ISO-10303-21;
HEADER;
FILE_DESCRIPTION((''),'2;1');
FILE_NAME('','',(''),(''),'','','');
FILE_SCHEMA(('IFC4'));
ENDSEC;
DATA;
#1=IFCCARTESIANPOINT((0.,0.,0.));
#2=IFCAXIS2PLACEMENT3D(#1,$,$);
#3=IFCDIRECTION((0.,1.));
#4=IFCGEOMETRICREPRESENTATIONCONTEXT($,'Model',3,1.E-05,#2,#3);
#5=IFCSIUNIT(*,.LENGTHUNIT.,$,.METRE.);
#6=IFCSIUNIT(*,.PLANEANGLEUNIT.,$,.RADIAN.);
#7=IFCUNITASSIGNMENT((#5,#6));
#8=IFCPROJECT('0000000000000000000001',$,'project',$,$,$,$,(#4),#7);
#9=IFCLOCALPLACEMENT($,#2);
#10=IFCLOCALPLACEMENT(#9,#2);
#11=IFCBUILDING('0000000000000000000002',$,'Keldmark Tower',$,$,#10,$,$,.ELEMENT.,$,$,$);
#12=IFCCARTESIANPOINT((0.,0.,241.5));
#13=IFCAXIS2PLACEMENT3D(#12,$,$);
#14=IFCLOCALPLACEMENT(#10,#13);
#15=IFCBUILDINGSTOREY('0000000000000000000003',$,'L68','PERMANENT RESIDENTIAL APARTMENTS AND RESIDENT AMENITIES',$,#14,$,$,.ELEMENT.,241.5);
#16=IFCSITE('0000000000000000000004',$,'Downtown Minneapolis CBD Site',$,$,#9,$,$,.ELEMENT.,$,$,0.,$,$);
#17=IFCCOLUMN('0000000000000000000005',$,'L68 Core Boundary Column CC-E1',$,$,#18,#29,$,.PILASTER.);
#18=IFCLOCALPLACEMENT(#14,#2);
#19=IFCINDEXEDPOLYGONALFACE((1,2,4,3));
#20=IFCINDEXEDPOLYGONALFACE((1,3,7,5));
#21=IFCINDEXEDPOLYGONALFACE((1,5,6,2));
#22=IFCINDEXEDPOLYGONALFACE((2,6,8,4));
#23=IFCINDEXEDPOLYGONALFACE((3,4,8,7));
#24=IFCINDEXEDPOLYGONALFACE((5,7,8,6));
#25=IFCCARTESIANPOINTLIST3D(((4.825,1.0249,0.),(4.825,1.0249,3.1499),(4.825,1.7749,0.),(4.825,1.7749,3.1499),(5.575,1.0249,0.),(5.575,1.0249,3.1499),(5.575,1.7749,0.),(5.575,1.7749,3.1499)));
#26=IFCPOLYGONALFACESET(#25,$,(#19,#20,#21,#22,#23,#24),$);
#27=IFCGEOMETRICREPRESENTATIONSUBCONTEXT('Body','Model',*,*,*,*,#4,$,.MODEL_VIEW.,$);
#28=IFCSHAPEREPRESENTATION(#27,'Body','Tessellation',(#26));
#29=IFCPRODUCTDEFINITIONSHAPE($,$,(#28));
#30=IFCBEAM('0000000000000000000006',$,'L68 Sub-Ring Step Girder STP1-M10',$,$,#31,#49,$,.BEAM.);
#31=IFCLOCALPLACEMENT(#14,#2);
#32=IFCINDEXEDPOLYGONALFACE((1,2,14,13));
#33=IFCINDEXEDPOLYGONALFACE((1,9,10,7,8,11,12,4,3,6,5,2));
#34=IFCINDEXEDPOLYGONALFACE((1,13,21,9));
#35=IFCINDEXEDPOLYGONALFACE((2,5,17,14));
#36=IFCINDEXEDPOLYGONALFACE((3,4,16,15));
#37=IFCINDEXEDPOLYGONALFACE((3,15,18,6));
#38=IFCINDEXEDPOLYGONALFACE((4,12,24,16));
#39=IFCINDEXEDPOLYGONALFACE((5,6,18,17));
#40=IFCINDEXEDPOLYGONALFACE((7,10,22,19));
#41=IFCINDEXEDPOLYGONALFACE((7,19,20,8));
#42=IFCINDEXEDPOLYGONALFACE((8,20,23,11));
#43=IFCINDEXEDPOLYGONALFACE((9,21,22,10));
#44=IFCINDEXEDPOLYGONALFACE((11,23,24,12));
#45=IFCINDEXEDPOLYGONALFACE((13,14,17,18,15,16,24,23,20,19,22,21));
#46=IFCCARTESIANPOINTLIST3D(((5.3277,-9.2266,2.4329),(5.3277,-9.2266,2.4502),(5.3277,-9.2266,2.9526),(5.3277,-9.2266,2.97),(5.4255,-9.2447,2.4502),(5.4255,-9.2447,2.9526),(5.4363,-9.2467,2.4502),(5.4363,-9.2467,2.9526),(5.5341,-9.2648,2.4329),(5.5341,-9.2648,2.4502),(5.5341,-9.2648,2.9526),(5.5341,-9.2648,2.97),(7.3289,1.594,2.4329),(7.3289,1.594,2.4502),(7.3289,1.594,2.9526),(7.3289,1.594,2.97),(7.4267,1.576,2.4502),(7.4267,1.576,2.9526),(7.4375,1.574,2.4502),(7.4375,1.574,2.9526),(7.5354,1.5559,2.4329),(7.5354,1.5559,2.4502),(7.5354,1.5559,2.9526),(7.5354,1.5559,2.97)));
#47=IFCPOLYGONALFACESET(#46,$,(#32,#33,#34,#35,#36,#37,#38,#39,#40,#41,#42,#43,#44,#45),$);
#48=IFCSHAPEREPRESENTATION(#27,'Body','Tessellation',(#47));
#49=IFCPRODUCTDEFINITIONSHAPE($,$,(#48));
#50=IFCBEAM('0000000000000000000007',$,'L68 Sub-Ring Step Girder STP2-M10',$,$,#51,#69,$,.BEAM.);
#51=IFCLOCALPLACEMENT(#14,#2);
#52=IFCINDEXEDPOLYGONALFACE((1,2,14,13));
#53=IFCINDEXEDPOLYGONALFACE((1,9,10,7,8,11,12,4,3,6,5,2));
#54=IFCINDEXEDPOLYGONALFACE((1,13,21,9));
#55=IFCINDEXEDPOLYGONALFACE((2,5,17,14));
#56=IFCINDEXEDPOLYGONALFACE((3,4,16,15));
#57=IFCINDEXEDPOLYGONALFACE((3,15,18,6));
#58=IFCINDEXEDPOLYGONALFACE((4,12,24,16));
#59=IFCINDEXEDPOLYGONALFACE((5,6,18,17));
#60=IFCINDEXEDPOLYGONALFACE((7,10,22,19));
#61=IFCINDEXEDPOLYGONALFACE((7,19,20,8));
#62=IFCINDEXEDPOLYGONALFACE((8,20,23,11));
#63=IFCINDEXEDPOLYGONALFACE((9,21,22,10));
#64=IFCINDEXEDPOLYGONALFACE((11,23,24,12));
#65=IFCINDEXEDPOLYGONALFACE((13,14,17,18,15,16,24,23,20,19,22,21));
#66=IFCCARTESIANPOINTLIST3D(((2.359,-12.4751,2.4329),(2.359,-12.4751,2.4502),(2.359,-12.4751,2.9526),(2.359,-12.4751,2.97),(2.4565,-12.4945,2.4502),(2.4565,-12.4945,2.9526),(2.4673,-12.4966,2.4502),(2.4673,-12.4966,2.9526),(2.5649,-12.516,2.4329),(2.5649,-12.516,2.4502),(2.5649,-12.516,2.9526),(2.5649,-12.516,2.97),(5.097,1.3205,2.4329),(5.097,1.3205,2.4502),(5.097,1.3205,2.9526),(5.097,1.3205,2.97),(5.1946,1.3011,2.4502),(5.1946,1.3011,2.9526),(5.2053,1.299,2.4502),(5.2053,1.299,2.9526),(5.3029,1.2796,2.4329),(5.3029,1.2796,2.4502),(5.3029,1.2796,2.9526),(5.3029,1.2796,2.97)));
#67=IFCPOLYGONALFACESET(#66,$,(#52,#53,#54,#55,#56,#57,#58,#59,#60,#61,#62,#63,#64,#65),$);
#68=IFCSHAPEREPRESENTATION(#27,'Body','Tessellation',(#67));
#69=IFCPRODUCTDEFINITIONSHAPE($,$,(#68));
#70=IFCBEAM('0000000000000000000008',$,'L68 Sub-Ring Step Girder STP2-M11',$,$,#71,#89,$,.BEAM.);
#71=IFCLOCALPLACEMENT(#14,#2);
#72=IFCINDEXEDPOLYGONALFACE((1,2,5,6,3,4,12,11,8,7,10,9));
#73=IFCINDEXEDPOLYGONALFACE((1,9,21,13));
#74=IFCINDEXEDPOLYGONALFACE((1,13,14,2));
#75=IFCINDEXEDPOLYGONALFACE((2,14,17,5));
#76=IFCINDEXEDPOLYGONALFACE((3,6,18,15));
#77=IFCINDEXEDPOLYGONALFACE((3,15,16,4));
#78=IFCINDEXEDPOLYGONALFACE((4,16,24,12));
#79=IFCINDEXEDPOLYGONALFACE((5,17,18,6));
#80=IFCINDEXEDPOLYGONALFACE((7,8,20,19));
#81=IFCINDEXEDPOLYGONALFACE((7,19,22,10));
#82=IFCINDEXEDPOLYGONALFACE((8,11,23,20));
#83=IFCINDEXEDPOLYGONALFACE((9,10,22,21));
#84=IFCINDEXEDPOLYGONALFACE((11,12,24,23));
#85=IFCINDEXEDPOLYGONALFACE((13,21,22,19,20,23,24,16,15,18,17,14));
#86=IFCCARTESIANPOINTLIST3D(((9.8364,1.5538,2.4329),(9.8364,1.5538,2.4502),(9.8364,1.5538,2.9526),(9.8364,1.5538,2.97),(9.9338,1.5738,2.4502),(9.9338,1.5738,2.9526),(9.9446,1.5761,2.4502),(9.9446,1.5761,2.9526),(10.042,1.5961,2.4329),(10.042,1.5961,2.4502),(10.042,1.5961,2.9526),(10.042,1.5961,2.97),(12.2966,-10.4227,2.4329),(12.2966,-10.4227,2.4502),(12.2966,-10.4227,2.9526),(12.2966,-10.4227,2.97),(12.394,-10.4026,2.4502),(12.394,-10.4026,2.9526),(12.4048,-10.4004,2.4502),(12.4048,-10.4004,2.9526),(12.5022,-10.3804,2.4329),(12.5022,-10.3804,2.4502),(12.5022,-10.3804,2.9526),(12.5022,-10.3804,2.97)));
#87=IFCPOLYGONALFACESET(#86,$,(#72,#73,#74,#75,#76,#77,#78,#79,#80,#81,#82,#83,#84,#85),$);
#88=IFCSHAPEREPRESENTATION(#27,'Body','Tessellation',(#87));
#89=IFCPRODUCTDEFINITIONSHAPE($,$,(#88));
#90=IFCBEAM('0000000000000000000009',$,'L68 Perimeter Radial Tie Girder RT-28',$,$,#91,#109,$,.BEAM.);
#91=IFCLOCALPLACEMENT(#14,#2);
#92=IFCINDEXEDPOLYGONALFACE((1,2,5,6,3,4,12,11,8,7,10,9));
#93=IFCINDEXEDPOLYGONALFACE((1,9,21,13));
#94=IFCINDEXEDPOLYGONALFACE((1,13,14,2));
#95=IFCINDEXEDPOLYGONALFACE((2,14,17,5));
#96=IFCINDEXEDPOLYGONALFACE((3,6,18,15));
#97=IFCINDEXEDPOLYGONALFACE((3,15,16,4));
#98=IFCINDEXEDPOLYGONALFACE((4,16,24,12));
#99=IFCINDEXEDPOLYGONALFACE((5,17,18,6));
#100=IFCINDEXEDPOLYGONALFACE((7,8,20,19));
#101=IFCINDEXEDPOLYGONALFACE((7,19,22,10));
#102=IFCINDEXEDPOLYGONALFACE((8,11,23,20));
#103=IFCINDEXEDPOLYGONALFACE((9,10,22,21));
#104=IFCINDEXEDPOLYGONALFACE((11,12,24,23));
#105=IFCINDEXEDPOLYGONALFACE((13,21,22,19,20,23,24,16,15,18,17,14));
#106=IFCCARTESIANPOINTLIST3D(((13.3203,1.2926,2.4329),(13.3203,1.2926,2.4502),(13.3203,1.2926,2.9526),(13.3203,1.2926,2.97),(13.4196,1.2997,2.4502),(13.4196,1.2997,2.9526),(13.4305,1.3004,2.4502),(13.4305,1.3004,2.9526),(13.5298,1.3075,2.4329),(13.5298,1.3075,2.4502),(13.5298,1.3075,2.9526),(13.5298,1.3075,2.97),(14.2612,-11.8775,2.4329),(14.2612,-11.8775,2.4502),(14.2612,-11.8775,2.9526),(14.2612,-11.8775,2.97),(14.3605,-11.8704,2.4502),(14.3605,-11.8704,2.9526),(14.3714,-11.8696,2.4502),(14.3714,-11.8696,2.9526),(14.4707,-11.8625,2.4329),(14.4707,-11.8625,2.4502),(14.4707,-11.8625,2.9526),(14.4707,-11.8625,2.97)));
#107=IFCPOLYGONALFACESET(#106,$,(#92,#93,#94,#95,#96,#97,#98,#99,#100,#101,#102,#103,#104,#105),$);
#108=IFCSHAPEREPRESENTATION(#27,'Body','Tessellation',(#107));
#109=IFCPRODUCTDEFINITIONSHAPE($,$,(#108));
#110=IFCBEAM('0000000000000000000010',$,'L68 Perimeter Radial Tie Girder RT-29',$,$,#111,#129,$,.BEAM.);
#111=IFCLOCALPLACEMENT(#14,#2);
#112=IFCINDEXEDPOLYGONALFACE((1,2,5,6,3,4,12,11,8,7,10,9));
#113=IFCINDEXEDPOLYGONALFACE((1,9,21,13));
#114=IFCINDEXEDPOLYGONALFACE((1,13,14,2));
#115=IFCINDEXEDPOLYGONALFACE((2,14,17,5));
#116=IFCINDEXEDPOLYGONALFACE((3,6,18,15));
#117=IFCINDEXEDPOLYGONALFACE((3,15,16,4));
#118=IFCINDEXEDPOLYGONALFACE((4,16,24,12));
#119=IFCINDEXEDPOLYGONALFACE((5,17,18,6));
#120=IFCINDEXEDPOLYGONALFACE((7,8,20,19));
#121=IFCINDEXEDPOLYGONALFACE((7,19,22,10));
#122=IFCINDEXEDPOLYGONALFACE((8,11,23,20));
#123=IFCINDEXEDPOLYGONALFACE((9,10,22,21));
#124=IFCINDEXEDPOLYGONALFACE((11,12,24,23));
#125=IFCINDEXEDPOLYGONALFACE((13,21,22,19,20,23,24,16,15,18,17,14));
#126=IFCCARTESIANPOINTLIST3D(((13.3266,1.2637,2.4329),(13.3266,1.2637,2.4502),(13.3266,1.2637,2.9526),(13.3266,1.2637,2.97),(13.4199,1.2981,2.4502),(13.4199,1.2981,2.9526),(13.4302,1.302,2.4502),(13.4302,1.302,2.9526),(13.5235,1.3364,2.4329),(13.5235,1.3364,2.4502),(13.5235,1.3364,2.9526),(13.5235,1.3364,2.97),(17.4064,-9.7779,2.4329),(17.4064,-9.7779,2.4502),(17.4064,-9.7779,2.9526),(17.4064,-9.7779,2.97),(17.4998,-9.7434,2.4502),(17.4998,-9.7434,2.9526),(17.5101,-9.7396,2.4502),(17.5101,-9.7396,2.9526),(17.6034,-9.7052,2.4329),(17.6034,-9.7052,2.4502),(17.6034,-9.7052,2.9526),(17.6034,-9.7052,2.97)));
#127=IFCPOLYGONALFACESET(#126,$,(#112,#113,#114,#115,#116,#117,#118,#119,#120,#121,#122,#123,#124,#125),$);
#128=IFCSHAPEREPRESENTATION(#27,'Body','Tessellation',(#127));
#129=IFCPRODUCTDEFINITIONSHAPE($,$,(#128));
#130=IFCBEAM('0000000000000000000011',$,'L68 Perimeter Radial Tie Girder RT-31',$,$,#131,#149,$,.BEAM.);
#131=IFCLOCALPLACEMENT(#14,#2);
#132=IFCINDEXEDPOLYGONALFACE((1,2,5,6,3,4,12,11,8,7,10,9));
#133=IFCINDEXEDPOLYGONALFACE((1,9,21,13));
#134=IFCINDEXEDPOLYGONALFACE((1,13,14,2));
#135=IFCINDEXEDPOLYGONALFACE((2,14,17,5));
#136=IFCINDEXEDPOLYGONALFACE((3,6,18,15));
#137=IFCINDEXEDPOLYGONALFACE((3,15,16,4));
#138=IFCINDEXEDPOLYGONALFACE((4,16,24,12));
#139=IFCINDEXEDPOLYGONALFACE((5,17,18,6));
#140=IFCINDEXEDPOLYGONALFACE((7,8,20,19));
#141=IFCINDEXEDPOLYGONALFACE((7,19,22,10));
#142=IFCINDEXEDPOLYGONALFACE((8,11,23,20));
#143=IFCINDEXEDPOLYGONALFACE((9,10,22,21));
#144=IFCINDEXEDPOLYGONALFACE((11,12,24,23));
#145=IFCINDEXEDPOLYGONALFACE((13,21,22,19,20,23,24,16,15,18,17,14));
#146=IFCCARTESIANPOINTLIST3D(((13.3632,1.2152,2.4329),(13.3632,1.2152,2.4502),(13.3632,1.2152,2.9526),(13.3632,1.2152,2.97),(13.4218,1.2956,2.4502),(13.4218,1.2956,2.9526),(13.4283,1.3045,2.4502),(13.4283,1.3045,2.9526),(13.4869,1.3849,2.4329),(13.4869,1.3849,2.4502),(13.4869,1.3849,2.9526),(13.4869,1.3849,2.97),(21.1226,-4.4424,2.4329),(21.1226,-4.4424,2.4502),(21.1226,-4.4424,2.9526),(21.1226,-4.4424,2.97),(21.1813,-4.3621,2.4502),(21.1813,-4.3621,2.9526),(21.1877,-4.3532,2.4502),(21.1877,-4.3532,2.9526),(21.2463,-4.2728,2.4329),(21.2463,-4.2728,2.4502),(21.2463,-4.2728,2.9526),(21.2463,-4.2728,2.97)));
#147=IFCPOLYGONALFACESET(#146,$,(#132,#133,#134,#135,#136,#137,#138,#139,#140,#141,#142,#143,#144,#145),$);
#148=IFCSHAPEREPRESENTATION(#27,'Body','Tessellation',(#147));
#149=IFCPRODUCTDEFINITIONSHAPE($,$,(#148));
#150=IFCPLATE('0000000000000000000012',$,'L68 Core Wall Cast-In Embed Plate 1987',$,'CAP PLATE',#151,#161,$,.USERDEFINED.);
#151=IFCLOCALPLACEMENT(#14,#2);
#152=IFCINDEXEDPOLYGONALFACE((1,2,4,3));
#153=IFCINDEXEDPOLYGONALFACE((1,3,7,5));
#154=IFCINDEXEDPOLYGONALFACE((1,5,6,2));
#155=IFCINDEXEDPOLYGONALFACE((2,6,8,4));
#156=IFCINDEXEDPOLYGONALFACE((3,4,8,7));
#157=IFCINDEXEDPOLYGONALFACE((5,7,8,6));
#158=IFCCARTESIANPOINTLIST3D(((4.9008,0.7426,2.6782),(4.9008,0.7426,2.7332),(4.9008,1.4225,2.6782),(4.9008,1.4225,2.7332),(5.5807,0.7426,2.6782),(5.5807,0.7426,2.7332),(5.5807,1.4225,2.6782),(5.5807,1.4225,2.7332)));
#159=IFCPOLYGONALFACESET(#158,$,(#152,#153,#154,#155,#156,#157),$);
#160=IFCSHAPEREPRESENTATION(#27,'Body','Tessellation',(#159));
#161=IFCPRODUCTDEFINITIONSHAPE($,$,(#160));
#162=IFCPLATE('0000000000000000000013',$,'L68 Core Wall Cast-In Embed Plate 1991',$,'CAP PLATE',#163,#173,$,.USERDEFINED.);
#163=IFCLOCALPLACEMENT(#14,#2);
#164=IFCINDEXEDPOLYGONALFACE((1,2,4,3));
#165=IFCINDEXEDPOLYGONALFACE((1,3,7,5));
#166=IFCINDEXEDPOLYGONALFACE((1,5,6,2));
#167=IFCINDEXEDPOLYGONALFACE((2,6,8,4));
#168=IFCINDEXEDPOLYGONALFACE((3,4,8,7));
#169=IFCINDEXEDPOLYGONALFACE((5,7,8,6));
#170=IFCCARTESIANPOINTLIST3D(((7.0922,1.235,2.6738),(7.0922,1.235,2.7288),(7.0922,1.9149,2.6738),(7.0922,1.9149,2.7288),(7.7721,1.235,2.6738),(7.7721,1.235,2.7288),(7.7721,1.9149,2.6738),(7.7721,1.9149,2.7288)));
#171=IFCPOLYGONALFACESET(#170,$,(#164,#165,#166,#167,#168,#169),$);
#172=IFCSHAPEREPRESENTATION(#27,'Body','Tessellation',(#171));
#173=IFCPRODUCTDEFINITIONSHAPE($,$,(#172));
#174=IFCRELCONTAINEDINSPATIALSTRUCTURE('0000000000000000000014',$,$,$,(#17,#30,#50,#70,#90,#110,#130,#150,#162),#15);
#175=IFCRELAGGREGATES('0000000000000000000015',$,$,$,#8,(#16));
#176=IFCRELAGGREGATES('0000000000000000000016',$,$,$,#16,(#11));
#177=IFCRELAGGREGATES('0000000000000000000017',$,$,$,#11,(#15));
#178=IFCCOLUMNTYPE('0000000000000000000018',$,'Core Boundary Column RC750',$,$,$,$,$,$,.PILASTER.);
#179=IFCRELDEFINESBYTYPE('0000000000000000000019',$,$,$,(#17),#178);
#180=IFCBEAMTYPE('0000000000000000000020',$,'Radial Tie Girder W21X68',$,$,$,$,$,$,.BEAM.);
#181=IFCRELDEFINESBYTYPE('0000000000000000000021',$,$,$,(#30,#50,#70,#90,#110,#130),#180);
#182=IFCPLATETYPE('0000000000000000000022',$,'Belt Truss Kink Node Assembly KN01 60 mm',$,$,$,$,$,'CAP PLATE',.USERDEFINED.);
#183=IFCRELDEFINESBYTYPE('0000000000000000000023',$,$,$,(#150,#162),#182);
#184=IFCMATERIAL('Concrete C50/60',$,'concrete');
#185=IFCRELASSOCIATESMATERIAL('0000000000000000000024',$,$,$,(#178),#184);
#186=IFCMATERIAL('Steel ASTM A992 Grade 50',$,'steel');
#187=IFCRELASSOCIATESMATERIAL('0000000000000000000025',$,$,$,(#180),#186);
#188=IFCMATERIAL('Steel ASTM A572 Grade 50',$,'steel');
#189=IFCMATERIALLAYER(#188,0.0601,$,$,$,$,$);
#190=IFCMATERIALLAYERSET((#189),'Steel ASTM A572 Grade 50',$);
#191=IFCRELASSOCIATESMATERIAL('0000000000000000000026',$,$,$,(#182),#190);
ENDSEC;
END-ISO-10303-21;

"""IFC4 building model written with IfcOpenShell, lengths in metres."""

from ifc_helpers import new_model, si_unit, direction, frame, origin, origin_2d, place, context, subcontext, project, spatial, rectangle, i_section, extrude, material, layer, layer_set, material_profile, profile_set, type_object, element, save


model = new_model("IFC4")

# Units and contexts
model_context = context("Model", 3, precision=1e-05, world=origin(), true_north=direction((0.0, 1.0)))
body_context = subcontext(model_context, "Body", "Model", "MODEL_VIEW")
ifc_project = project(units=[si_unit("LENGTHUNIT", "METRE"), si_unit("PLANEANGLEUNIT", "RADIAN")], contexts=[model_context])

# Site, building, storey
site_placement = place(None, origin())
site = spatial("IfcSite", under=ifc_project, at=site_placement, Name="Downtown Minneapolis CBD Site", CompositionType="ELEMENT", RefElevation=0.0)
building_placement = place(site_placement, origin())
building = spatial("IfcBuilding", under=site, at=building_placement, Name="Keldmark Tower", CompositionType="ELEMENT")
storey_placement = place(building_placement, frame((0.0, 0.0, 241.5)))
storey = spatial("IfcBuildingStorey", under=building, at=storey_placement, Name="L68", Description="PERMANENT RESIDENTIAL APARTMENTS AND RESIDENT AMENITIES", CompositionType="ELEMENT", Elevation=241.5)

# Column
ifc_material_1 = material(Name="Concrete C50/60", Category="concrete")
ifc_material_profile_1 = material_profile(ifc_material_1, rectangle(XDim=0.75, YDim=0.75, at=origin_2d()), Name="RC750X750")
ifc_profile_set_1 = profile_set([ifc_material_profile_1], Name="Concrete C50/60")
column_type = type_object("IfcColumnType", Name="Core Boundary Column RC750", PredefinedType="PILASTER", material=ifc_profile_set_1)
column_placement = place(storey_placement, frame((5.2, 1.3999, 0.0), z_axis=(0.0, 0.0, 1.0), x_axis=(1.0, 0.0, 0.0)))
element("IfcColumn", 1, at=column_placement, inside=storey, type_object=column_type, Name="L68 Core Boundary Column CC-E1", PredefinedType="PILASTER", context=body_context, shape_type="SweptSolid", body=[
    extrude(rectangle(XDim=0.75, YDim=0.75, at=origin_2d()), origin(), (0.0, 0.0, 1.0), 3.1499),
])

# Beams
ifc_material_2 = material(Name="Steel ASTM A992 Grade 50", Category="steel")
ifc_material_profile_2 = material_profile(ifc_material_2, i_section(OverallWidth=0.21, OverallDepth=0.5371, WebThickness=0.011, FlangeThickness=0.0173, at=origin_2d()), Name="W21X68")
ifc_profile_set_2 = profile_set([ifc_material_profile_2], Name="Steel ASTM A992 Grade 50")
beam_type = type_object("IfcBeamType", Name="Radial Tie Girder W21X68", PredefinedType="BEAM", material=ifc_profile_set_2)
beam_1_placement = place(storey_placement, frame((7.4321, 1.575, 2.7014), z_axis=(-0.181862, -0.983324, 0.0), x_axis=(0.983324, -0.181862, 0.0)))
element("IfcBeam", 2, at=beam_1_placement, inside=storey, type_object=beam_type, Name="L68 Sub-Ring Step Girder STP1-M10", PredefinedType="BEAM", context=body_context, shape_type="SweptSolid", body=[
    extrude(i_section(OverallWidth=0.21, OverallDepth=0.5371, WebThickness=0.011, FlangeThickness=0.0173, at=origin_2d()), origin(), (0.0, 0.0, 1.0), 11.0042),
])
beam_2_placement = place(storey_placement, frame((5.2, 1.3, 2.7014), z_axis=(-0.194674, -0.980868, 0.0), x_axis=(0.980868, -0.194674, 0.0)))
element("IfcBeam", 3, at=beam_2_placement, inside=storey, type_object=beam_type, Name="L68 Sub-Ring Step Girder STP2-M10", PredefinedType="BEAM", context=body_context, shape_type="SweptSolid", body=[
    extrude(i_section(OverallWidth=0.21, OverallDepth=0.5371, WebThickness=0.011, FlangeThickness=0.0173, at=origin_2d()), origin(), (0.0, 0.0, 1.0), 14.0647),
])
beam_3_placement = place(storey_placement, frame((9.9392, 1.575, 2.7014), z_axis=(0.201217, -0.979547, 0.0), x_axis=(0.979547, 0.201217, 0.0)))
element("IfcBeam", 4, at=beam_3_placement, inside=storey, type_object=beam_type, Name="L68 Sub-Ring Step Girder STP2-M11", PredefinedType="BEAM", context=body_context, shape_type="SweptSolid", body=[
    extrude(i_section(OverallWidth=0.21, OverallDepth=0.5371, WebThickness=0.011, FlangeThickness=0.0173, at=origin_2d()), origin(), (0.0, 0.0, 1.0), 12.2266),
])
beam_4_placement = place(storey_placement, frame((13.425, 1.3, 2.7014), z_axis=(0.071262, -0.997458, 0.0), x_axis=(0.997458, 0.071262, 0.0)))
element("IfcBeam", 5, at=beam_4_placement, inside=storey, type_object=beam_type, Name="L68 Perimeter Radial Tie Girder RT-28", PredefinedType="BEAM", context=body_context, shape_type="SweptSolid", body=[
    extrude(i_section(OverallWidth=0.21, OverallDepth=0.5371, WebThickness=0.011, FlangeThickness=0.0173, at=origin_2d()), origin(), (0.0, 0.0, 1.0), 13.2036),
])
beam_5_placement = place(storey_placement, frame((13.425, 1.3, 2.7014), z_axis=(0.346596, -0.938014, 0.0), x_axis=(0.938014, 0.346596, 0.0)))
element("IfcBeam", 6, at=beam_5_placement, inside=storey, type_object=beam_type, Name="L68 Perimeter Radial Tie Girder RT-29", PredefinedType="BEAM", context=body_context, shape_type="SweptSolid", body=[
    extrude(i_section(OverallWidth=0.21, OverallDepth=0.5371, WebThickness=0.011, FlangeThickness=0.0173, at=origin_2d()), origin(), (0.0, 0.0, 1.0), 11.7712),
])
beam_6_placement = place(storey_placement, frame((13.425, 1.3, 2.7014), z_axis=(0.808021, -0.589154, 0.0), x_axis=(0.589154, 0.808021, 0.0)))
element("IfcBeam", 7, at=beam_6_placement, inside=storey, type_object=beam_type, Name="L68 Perimeter Radial Tie Girder RT-31", PredefinedType="BEAM", context=body_context, shape_type="SweptSolid", body=[
    extrude(i_section(OverallWidth=0.21, OverallDepth=0.5371, WebThickness=0.011, FlangeThickness=0.0173, at=origin_2d()), origin(), (0.0, 0.0, 1.0), 9.603),
])

# Plates
ifc_material_3 = material(Name="Steel ASTM A572 Grade 50", Category="steel")
ifc_layer_1 = layer(ifc_material_3, 0.0601)
ifc_layer_set_1 = layer_set([ifc_layer_1], Name="Steel ASTM A572 Grade 50")
plate_type = type_object("IfcPlateType", Name="Belt Truss Kink Node Assembly KN01 60 mm", ElementType="CAP PLATE", PredefinedType="USERDEFINED", material=ifc_layer_set_1)
for number, where, z_axis, x_axis, name in (
    (8, (5.2407, 1.0825, 2.6782), (0.0, 0.0, 1.0), (1.0, 0.0, 0.0), "L68 Core Wall Cast-In Embed Plate 1987"),
    (9, (7.4321, 1.575, 2.6738), (0.0, 0.0, 1.0), (1.0, 0.0, 0.0), "L68 Core Wall Cast-In Embed Plate 1991"),
):
    element("IfcPlate", number, at=place(storey_placement, frame(where, z_axis=z_axis, x_axis=x_axis)), inside=storey, type_object=plate_type, Name=name, ObjectType="CAP PLATE", PredefinedType="USERDEFINED", context=body_context, shape_type="SweptSolid", body=[
        extrude(rectangle(XDim=0.6799, YDim=0.6799, at=origin_2d()), origin(), (0.0, 0.0, 1.0), 0.0549),
    ])

save(model, "model.ifc")
